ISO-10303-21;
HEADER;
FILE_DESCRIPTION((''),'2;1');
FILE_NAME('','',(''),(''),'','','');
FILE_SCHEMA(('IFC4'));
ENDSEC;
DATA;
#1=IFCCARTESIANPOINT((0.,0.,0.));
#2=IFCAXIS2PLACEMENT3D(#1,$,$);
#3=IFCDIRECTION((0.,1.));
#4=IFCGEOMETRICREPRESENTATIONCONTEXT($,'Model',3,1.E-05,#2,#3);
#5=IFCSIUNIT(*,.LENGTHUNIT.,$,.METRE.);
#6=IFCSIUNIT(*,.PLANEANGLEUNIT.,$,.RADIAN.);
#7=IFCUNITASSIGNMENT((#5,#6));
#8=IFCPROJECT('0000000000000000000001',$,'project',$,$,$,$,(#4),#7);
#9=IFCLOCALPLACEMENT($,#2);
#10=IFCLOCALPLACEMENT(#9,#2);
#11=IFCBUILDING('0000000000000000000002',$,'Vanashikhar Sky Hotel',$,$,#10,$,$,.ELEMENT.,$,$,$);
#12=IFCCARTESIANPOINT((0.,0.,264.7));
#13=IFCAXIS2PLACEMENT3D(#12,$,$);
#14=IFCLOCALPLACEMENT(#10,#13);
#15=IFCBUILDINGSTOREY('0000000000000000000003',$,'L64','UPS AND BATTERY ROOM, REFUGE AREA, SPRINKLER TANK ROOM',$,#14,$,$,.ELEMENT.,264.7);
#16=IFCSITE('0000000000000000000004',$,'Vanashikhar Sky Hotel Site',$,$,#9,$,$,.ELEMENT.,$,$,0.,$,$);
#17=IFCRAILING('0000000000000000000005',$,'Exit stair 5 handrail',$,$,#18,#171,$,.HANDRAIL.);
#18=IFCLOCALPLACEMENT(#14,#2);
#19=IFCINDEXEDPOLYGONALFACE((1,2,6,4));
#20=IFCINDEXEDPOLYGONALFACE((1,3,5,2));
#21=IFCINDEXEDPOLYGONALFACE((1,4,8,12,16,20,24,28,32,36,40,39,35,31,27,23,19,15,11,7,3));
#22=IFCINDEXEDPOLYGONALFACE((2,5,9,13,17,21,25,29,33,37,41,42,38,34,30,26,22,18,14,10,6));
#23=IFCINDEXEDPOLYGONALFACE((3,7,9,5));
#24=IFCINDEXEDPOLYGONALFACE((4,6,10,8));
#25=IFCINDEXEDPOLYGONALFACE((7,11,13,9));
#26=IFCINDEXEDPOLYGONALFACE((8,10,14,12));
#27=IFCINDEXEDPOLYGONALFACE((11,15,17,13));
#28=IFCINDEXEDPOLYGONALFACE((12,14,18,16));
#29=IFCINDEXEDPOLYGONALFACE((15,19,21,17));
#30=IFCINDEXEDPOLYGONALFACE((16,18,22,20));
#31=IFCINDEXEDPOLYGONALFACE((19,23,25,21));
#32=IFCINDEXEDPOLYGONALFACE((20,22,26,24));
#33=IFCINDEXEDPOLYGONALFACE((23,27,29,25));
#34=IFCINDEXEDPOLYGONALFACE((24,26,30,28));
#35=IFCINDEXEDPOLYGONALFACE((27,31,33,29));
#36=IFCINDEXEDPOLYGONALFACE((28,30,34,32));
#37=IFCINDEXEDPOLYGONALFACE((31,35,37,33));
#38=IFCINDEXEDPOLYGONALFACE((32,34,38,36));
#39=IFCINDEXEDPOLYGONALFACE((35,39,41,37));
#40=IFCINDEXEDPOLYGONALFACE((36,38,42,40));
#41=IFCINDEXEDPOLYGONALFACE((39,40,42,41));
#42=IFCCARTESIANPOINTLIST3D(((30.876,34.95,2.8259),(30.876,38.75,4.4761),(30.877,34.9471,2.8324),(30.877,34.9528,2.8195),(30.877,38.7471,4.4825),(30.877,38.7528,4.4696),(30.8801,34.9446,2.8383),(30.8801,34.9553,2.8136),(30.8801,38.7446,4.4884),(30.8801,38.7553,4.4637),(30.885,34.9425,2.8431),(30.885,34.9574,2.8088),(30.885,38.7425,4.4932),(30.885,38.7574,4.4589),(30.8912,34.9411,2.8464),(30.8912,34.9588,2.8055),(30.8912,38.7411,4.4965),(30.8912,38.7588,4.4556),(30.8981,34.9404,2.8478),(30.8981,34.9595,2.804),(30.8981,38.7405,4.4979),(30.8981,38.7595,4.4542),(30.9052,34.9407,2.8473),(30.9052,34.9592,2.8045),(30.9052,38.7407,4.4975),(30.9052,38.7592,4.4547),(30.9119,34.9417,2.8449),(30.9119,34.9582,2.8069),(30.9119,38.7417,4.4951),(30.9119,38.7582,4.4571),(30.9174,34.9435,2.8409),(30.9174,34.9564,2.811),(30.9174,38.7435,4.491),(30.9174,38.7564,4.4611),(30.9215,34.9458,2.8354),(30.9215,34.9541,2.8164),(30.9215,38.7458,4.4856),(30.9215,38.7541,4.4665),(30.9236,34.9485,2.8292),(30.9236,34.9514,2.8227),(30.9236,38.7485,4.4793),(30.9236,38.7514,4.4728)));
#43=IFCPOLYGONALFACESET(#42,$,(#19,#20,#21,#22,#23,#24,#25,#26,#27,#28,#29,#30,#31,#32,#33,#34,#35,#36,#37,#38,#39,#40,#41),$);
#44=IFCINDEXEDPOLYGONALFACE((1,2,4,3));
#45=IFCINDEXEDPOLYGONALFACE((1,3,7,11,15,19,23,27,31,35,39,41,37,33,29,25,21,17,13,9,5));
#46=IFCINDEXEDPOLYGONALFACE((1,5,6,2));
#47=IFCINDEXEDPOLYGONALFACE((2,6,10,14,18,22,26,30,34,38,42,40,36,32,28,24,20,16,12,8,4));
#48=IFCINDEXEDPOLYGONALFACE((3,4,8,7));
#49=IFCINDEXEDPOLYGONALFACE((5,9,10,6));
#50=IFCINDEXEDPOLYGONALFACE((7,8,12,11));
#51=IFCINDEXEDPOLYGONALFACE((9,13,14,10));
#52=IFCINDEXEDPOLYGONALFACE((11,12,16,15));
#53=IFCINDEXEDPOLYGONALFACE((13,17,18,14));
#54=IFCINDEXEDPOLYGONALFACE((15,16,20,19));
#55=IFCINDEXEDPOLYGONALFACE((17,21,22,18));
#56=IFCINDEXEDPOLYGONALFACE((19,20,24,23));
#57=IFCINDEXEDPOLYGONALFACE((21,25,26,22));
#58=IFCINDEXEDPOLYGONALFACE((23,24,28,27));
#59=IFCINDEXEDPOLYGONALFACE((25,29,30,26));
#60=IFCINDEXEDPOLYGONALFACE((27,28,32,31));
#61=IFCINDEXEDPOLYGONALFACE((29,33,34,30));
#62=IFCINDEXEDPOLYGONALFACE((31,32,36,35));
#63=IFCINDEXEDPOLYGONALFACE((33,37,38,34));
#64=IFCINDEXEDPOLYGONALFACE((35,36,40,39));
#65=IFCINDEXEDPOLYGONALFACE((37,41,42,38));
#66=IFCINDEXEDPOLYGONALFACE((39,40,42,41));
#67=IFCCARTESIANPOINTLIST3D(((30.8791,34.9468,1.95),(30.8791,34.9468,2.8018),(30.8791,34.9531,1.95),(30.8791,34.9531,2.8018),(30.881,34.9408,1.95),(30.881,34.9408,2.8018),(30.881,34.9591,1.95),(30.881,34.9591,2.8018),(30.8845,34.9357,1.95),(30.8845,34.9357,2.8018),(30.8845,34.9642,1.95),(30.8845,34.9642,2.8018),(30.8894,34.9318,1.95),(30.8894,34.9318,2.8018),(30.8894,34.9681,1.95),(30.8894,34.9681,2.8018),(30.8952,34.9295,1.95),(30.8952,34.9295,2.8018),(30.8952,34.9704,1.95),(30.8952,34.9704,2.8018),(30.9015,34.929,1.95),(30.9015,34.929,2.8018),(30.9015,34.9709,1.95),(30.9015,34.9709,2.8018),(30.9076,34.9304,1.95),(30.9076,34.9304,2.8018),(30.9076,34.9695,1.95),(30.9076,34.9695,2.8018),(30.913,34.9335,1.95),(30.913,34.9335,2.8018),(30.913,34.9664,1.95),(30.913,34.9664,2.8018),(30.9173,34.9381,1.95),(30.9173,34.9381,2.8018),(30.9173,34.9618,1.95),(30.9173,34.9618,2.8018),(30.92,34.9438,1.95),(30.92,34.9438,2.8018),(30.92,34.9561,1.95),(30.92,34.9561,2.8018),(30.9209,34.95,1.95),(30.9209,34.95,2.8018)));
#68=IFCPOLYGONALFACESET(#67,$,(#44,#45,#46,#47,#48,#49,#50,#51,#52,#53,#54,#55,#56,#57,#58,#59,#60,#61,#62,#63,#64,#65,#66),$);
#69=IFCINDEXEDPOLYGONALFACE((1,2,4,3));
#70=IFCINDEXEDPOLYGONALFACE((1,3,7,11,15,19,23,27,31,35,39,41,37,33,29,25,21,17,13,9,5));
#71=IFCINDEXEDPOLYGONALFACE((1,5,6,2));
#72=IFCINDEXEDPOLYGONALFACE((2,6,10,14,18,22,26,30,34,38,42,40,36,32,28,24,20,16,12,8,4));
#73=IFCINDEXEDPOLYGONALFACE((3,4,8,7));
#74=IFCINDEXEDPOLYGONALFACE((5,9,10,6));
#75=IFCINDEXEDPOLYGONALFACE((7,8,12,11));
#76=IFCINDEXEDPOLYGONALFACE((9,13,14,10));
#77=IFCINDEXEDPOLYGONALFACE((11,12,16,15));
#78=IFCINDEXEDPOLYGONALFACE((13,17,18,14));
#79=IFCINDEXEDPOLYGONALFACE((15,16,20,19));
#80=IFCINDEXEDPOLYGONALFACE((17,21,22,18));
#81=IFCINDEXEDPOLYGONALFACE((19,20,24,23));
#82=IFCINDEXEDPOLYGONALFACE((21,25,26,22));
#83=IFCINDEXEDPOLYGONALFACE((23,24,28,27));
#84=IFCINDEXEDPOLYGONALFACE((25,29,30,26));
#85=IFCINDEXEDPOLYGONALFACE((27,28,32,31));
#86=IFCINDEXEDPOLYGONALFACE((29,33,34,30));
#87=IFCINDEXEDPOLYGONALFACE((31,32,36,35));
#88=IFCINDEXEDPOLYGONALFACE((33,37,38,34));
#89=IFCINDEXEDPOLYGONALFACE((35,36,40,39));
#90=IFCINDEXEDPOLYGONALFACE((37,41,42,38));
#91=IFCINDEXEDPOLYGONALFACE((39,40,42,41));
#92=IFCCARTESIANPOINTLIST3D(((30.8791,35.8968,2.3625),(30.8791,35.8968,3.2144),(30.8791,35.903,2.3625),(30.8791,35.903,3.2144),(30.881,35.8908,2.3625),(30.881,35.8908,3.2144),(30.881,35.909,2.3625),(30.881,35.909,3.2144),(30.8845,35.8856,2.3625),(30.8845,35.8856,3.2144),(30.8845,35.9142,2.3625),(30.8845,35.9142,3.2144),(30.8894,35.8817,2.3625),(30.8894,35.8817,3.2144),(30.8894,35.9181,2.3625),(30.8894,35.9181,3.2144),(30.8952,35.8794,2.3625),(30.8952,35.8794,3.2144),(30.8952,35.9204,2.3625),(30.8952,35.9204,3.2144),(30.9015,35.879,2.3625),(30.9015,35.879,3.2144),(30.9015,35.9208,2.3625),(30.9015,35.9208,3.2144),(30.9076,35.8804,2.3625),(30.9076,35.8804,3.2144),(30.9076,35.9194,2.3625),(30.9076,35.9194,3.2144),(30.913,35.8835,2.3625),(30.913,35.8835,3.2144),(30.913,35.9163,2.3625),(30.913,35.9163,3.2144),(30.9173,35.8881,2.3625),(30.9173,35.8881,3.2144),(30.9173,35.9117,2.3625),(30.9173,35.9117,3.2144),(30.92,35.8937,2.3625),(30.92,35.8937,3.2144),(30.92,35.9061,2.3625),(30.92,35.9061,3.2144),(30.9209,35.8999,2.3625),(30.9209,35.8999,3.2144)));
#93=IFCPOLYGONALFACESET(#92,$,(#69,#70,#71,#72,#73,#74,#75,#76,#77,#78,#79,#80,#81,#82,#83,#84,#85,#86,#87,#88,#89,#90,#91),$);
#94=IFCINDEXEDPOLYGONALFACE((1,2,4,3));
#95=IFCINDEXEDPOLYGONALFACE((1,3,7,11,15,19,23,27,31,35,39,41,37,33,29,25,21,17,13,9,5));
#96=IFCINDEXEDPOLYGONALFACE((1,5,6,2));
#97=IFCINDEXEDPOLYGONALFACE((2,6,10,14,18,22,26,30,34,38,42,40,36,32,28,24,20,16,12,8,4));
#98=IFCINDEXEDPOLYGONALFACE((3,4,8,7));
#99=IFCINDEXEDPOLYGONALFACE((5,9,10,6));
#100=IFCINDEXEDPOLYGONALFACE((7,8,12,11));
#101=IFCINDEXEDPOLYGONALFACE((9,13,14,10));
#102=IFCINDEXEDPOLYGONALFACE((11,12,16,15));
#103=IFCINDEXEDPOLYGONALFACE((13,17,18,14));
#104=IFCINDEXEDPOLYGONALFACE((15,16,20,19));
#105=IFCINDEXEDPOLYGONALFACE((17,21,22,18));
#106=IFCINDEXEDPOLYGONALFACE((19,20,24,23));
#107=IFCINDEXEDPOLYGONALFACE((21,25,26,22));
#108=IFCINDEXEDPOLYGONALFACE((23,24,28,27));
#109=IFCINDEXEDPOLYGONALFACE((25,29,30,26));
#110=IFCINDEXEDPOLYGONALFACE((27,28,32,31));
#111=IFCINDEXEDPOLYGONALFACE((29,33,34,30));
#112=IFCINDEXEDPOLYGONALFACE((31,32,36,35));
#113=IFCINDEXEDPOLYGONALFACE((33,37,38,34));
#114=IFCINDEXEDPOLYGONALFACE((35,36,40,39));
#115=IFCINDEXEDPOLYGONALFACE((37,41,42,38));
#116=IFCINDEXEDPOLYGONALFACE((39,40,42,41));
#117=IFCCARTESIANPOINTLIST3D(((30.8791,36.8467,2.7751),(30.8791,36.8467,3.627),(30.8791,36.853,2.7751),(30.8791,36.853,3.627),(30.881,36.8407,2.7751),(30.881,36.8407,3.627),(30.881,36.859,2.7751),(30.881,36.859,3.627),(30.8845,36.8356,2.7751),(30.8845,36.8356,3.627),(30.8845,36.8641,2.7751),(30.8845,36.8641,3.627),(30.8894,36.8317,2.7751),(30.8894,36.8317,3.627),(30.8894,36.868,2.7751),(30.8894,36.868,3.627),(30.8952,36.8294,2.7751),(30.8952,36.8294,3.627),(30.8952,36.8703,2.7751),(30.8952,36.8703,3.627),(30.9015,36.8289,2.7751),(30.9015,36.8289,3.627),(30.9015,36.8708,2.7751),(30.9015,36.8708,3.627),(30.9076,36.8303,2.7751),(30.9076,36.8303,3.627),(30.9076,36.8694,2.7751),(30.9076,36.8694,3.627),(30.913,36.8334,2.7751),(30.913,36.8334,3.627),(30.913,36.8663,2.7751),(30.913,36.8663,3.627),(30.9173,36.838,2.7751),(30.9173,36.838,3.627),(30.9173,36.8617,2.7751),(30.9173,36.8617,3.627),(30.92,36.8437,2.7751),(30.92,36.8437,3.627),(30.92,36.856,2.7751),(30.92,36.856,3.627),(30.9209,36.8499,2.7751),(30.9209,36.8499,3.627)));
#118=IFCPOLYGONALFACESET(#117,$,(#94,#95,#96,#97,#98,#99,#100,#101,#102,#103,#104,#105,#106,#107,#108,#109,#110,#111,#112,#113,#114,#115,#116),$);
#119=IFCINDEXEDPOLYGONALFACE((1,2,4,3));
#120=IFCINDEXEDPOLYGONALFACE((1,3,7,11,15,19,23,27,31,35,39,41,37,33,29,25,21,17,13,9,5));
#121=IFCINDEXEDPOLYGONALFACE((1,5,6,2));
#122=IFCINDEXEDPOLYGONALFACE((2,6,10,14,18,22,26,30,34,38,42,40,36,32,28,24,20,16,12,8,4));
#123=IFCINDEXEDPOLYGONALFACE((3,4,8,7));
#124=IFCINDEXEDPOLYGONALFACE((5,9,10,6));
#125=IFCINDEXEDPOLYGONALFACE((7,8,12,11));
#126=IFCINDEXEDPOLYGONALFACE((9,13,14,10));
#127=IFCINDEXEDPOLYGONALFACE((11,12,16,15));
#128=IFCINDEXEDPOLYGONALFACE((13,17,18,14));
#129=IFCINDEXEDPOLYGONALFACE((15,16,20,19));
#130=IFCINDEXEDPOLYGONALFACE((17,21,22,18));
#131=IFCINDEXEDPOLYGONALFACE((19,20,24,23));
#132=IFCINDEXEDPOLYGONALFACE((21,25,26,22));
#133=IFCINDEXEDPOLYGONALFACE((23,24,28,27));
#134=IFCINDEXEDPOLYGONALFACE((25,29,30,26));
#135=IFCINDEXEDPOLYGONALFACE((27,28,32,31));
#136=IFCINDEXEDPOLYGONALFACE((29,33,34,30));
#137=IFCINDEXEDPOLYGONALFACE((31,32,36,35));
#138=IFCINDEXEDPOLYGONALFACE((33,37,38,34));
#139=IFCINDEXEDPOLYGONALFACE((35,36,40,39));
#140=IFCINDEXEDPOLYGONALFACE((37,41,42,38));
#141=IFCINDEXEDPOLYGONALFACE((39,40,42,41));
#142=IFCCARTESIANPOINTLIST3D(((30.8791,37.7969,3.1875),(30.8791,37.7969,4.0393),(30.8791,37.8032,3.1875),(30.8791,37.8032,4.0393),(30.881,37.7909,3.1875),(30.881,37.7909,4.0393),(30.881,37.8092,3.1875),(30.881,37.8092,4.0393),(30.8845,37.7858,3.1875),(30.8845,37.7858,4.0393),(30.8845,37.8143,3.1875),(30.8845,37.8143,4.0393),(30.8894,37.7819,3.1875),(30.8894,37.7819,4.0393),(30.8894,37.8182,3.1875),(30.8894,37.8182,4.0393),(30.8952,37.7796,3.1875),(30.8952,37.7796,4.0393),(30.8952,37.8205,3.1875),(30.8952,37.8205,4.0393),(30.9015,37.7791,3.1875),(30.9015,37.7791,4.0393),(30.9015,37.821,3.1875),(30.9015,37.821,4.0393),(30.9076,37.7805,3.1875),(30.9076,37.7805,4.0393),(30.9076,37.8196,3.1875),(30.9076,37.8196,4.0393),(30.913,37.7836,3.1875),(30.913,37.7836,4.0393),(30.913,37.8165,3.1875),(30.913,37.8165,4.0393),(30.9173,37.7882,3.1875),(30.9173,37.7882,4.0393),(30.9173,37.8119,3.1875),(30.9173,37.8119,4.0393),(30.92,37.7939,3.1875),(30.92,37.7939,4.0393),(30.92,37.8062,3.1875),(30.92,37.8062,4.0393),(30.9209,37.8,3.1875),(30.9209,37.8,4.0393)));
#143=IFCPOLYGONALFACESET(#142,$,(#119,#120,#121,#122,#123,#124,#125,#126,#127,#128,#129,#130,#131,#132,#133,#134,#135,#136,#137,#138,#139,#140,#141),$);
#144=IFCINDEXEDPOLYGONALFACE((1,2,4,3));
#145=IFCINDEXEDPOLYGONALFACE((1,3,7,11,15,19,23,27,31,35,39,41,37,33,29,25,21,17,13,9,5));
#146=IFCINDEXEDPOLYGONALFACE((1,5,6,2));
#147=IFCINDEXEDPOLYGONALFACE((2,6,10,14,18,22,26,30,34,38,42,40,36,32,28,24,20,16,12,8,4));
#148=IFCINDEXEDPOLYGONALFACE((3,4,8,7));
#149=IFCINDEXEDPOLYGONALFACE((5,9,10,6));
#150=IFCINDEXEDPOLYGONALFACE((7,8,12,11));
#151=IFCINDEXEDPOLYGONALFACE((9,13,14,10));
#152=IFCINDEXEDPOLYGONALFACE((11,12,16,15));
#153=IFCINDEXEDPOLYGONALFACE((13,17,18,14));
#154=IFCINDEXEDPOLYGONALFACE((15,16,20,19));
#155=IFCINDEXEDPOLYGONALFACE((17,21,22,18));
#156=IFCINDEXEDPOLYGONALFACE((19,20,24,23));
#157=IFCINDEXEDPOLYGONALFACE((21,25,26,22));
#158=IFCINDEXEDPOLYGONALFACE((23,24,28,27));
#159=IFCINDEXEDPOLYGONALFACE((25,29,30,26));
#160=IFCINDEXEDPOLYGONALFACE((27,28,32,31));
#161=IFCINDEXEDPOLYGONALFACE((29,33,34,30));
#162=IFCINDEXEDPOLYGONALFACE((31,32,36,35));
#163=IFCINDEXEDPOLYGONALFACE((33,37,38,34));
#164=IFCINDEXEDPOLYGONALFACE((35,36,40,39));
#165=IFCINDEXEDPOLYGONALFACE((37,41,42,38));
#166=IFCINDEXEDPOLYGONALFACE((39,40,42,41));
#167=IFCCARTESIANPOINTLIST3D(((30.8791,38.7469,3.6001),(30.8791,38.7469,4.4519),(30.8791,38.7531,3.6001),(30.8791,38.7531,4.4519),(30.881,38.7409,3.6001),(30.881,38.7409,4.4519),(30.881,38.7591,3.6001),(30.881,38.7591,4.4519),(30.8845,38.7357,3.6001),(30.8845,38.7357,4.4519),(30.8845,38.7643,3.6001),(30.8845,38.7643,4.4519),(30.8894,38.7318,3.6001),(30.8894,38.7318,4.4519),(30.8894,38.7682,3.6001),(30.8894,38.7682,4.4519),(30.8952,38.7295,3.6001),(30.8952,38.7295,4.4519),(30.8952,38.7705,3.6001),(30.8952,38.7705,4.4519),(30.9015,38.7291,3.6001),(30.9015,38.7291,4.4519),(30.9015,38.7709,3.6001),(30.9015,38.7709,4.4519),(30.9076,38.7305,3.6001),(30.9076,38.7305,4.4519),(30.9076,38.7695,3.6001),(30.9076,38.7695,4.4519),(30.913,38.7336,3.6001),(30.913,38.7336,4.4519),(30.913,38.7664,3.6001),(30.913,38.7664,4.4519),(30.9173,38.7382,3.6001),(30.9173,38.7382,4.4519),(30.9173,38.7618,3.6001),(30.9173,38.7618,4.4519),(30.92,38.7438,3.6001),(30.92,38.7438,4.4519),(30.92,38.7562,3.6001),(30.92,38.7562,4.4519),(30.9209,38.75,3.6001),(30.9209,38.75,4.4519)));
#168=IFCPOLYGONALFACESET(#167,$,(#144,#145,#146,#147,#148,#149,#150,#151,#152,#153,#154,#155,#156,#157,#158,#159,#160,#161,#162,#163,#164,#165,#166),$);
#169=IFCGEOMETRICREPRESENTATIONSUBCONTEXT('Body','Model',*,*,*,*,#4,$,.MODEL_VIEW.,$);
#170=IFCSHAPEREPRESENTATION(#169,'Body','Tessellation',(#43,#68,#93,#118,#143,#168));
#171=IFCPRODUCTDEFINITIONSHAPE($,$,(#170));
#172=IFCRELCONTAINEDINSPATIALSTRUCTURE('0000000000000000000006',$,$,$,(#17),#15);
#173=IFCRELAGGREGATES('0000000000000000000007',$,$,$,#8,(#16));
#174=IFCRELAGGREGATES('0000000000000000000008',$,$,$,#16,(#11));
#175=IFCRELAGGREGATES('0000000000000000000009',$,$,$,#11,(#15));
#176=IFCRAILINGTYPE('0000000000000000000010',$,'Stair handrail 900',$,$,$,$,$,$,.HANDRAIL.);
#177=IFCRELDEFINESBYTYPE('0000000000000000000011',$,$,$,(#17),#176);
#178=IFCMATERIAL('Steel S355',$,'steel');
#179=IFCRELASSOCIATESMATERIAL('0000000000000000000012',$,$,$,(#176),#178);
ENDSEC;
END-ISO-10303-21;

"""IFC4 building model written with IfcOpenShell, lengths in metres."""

from ifc_helpers import new_model, si_unit, direction, frame, origin, origin_2d, place, context, subcontext, project, spatial, circle, extrude, source, transform, mapped, material, type_object, element, save


model = new_model("IFC4")

# Units and contexts
model_context = context("Model", 3, precision=1e-05, world=origin(), true_north=direction((0.0, 1.0)))
body_context = subcontext(model_context, "Body", "Model", "MODEL_VIEW")
ifc_project = project(units=[si_unit("LENGTHUNIT", "METRE"), si_unit("PLANEANGLEUNIT", "RADIAN")], contexts=[model_context])

# Site, building, storey
site_placement = place(None, origin())
site = spatial("IfcSite", under=ifc_project, at=site_placement, Name="Vanashikhar Sky Hotel Site", CompositionType="ELEMENT", RefElevation=0.0)
building_placement = place(site_placement, origin())
building = spatial("IfcBuilding", under=site, at=building_placement, Name="Vanashikhar Sky Hotel", CompositionType="ELEMENT")
storey_placement = place(building_placement, frame((0.0, 0.0, 264.7)))
storey = spatial("IfcBuildingStorey", under=building, at=storey_placement, Name="L64", Description="UPS AND BATTERY ROOM, REFUGE AREA, SPRINKLER TANK ROOM", CompositionType="ELEMENT", Elevation=264.7)

# Railing
ifc_material_1 = material(Name="Steel S355", Category="steel")
railing_type_1 = type_object("IfcRailingType", Name="Stair handrail 900", PredefinedType="HANDRAIL", material=ifc_material_1)
shared_shape_1 = source(origin(), body_context, "Body", "SweptSolid", [
    extrude(circle(Radius=0.0239, at=origin_2d()), frame((0.0, 0.0, 0.876), z_axis=(0.0, 0.917251, 0.39831), x_axis=(-1.0, 0.0, 0.0)), (0.0, 0.0, 1.0), 4.1428),
    extrude(circle(Radius=0.021, at=origin_2d()), origin(), (0.0, 0.0, 1.0), 0.8518),
    extrude(circle(Radius=0.021, at=origin_2d()), frame((0.0, 0.95, 0.4126)), (0.0, 0.0, 1.0), 0.8518),
    extrude(circle(Radius=0.021, at=origin_2d()), frame((0.0, 1.8999, 0.8252)), (0.0, 0.0, 1.0), 0.8518),
    extrude(circle(Radius=0.021, at=origin_2d()), frame((0.0, 2.8501, 1.2375)), (0.0, 0.0, 1.0), 0.8518),
    extrude(circle(Radius=0.021, at=origin_2d()), frame((0.0, 3.8, 1.6501)), (0.0, 0.0, 1.0), 0.8518),
])
for number, where, name in (
    (1, (30.8999, 34.95, 1.95), "Exit stair 5 handrail"),
):
    element("IfcRailing", number, at=place(storey_placement, frame(where)), inside=storey, type_object=railing_type_1, Name=name, PredefinedType="HANDRAIL", context=body_context, shape_type="MappedRepresentation", body=[
        mapped(shared_shape_1, transform((0.0, 0.0, 0.0), scale=1.0)),
    ])

save(model, "model.ifc")
